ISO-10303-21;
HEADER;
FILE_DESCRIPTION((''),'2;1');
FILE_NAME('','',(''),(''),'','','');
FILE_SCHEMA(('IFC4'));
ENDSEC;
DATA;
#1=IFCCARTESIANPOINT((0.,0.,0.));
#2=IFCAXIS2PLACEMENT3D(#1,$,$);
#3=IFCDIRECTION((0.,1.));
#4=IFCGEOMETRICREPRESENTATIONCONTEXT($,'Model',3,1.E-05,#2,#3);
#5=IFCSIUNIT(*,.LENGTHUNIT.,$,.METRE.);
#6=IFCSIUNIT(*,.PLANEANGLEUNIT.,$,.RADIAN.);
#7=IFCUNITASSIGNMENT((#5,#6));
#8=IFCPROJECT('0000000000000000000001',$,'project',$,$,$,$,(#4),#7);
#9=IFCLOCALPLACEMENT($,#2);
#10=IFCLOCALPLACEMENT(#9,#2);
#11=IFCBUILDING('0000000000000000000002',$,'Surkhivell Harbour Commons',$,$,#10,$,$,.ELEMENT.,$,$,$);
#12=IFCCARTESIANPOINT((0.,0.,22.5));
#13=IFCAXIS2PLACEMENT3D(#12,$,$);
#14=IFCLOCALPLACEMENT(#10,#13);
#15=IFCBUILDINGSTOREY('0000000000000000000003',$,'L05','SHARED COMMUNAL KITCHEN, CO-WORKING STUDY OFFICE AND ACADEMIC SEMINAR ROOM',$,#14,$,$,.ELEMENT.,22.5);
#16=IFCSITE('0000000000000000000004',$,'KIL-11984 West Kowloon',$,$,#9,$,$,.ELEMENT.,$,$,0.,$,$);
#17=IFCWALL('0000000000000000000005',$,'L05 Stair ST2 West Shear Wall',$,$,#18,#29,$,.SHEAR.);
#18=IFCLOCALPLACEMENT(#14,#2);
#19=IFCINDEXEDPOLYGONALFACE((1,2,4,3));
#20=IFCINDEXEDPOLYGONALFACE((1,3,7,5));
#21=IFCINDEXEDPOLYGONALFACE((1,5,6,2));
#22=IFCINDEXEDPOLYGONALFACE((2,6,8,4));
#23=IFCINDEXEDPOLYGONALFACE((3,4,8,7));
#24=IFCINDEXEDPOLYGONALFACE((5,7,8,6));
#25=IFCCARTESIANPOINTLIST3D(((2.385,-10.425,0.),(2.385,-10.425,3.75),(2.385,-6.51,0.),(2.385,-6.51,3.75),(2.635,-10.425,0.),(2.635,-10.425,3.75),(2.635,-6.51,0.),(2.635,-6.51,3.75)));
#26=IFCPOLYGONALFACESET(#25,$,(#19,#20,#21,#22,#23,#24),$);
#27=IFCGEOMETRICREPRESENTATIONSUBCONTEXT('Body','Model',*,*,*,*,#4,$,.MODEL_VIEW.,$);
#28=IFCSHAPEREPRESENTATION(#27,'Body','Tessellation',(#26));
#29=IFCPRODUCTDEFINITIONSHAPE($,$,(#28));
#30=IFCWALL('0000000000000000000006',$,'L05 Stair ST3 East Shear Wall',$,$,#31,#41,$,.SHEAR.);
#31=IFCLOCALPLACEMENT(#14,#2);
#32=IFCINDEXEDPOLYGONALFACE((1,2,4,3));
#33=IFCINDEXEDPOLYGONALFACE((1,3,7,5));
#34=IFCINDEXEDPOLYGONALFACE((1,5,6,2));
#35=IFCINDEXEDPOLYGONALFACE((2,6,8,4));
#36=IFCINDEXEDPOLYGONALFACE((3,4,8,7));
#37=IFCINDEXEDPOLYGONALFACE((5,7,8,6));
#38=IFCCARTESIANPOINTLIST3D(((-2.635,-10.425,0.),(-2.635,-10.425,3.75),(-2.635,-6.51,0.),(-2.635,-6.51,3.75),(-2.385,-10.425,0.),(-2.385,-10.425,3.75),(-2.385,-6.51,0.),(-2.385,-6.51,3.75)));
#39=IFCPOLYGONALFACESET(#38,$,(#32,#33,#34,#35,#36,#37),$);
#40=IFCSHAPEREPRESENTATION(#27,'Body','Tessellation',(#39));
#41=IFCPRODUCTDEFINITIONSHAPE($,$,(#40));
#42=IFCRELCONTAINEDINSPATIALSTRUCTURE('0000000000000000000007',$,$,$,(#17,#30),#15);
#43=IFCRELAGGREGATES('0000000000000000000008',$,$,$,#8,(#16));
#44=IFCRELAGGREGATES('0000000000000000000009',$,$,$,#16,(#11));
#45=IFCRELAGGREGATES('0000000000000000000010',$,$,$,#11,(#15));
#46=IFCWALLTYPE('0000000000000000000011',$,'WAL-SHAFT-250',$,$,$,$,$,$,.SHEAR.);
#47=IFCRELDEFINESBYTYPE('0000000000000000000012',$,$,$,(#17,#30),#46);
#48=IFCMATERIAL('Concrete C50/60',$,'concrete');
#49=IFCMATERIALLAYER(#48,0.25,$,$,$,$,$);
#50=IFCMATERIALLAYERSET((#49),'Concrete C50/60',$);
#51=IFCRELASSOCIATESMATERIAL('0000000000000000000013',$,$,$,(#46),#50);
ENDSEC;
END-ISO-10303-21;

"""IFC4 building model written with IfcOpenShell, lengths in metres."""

from ifc_helpers import new_model, si_unit, direction, frame, frame_2d, origin, place, context, subcontext, project, spatial, rectangle, extrude, material, layer, layer_set, type_object, element, save


model = new_model("IFC4")

# Units and contexts
model_context = context("Model", 3, precision=1e-05, world=origin(), true_north=direction((0.0, 1.0)))
body_context = subcontext(model_context, "Body", "Model", "MODEL_VIEW")
ifc_project = project(units=[si_unit("LENGTHUNIT", "METRE"), si_unit("PLANEANGLEUNIT", "RADIAN")], contexts=[model_context])

# Site, building, storey
site_placement = place(None, origin())
site = spatial("IfcSite", under=ifc_project, at=site_placement, Name="KIL-11984 West Kowloon", CompositionType="ELEMENT", RefElevation=0.0)
building_placement = place(site_placement, origin())
building = spatial("IfcBuilding", under=site, at=building_placement, Name="Surkhivell Harbour Commons", CompositionType="ELEMENT")
storey_placement = place(building_placement, frame((0.0, 0.0, 22.5)))
storey = spatial("IfcBuildingStorey", under=building, at=storey_placement, Name="L05", Description="SHARED COMMUNAL KITCHEN, CO-WORKING STUDY OFFICE AND ACADEMIC SEMINAR ROOM", CompositionType="ELEMENT", Elevation=22.5)

# Shared definitions
ifc_material_1 = material(Name="Concrete C50/60", Category="concrete")
ifc_layer_1 = layer(ifc_material_1, 0.25)
ifc_layer_set_1 = layer_set([ifc_layer_1], Name="Concrete C50/60")
wall_type_1 = type_object("IfcWallType", Name="WAL-SHAFT-250", PredefinedType="SHEAR", material=ifc_layer_set_1)

# Walls
for number, where, z_axis, x_axis, name in (
    (1, (2.51, -10.425, 0.0), (0.0, 0.0, 1.0), (0.0, 1.0, 0.0), "L05 Stair ST2 West Shear Wall"),
    (2, (-2.51, -10.425, 0.0), (0.0, 0.0, 1.0), (0.0, 1.0, 0.0), "L05 Stair ST3 East Shear Wall"),
):
    element("IfcWall", number, at=place(storey_placement, frame(where, z_axis=z_axis, x_axis=x_axis)), inside=storey, type_object=wall_type_1, Name=name, PredefinedType="SHEAR", context=body_context, shape_type="SweptSolid", body=[
        extrude(rectangle(XDim=3.915, YDim=0.25, at=frame_2d((1.9575, 0.0))), origin(), (0.0, 0.0, 1.0), 3.75),
    ])

save(model, "model.ifc")
